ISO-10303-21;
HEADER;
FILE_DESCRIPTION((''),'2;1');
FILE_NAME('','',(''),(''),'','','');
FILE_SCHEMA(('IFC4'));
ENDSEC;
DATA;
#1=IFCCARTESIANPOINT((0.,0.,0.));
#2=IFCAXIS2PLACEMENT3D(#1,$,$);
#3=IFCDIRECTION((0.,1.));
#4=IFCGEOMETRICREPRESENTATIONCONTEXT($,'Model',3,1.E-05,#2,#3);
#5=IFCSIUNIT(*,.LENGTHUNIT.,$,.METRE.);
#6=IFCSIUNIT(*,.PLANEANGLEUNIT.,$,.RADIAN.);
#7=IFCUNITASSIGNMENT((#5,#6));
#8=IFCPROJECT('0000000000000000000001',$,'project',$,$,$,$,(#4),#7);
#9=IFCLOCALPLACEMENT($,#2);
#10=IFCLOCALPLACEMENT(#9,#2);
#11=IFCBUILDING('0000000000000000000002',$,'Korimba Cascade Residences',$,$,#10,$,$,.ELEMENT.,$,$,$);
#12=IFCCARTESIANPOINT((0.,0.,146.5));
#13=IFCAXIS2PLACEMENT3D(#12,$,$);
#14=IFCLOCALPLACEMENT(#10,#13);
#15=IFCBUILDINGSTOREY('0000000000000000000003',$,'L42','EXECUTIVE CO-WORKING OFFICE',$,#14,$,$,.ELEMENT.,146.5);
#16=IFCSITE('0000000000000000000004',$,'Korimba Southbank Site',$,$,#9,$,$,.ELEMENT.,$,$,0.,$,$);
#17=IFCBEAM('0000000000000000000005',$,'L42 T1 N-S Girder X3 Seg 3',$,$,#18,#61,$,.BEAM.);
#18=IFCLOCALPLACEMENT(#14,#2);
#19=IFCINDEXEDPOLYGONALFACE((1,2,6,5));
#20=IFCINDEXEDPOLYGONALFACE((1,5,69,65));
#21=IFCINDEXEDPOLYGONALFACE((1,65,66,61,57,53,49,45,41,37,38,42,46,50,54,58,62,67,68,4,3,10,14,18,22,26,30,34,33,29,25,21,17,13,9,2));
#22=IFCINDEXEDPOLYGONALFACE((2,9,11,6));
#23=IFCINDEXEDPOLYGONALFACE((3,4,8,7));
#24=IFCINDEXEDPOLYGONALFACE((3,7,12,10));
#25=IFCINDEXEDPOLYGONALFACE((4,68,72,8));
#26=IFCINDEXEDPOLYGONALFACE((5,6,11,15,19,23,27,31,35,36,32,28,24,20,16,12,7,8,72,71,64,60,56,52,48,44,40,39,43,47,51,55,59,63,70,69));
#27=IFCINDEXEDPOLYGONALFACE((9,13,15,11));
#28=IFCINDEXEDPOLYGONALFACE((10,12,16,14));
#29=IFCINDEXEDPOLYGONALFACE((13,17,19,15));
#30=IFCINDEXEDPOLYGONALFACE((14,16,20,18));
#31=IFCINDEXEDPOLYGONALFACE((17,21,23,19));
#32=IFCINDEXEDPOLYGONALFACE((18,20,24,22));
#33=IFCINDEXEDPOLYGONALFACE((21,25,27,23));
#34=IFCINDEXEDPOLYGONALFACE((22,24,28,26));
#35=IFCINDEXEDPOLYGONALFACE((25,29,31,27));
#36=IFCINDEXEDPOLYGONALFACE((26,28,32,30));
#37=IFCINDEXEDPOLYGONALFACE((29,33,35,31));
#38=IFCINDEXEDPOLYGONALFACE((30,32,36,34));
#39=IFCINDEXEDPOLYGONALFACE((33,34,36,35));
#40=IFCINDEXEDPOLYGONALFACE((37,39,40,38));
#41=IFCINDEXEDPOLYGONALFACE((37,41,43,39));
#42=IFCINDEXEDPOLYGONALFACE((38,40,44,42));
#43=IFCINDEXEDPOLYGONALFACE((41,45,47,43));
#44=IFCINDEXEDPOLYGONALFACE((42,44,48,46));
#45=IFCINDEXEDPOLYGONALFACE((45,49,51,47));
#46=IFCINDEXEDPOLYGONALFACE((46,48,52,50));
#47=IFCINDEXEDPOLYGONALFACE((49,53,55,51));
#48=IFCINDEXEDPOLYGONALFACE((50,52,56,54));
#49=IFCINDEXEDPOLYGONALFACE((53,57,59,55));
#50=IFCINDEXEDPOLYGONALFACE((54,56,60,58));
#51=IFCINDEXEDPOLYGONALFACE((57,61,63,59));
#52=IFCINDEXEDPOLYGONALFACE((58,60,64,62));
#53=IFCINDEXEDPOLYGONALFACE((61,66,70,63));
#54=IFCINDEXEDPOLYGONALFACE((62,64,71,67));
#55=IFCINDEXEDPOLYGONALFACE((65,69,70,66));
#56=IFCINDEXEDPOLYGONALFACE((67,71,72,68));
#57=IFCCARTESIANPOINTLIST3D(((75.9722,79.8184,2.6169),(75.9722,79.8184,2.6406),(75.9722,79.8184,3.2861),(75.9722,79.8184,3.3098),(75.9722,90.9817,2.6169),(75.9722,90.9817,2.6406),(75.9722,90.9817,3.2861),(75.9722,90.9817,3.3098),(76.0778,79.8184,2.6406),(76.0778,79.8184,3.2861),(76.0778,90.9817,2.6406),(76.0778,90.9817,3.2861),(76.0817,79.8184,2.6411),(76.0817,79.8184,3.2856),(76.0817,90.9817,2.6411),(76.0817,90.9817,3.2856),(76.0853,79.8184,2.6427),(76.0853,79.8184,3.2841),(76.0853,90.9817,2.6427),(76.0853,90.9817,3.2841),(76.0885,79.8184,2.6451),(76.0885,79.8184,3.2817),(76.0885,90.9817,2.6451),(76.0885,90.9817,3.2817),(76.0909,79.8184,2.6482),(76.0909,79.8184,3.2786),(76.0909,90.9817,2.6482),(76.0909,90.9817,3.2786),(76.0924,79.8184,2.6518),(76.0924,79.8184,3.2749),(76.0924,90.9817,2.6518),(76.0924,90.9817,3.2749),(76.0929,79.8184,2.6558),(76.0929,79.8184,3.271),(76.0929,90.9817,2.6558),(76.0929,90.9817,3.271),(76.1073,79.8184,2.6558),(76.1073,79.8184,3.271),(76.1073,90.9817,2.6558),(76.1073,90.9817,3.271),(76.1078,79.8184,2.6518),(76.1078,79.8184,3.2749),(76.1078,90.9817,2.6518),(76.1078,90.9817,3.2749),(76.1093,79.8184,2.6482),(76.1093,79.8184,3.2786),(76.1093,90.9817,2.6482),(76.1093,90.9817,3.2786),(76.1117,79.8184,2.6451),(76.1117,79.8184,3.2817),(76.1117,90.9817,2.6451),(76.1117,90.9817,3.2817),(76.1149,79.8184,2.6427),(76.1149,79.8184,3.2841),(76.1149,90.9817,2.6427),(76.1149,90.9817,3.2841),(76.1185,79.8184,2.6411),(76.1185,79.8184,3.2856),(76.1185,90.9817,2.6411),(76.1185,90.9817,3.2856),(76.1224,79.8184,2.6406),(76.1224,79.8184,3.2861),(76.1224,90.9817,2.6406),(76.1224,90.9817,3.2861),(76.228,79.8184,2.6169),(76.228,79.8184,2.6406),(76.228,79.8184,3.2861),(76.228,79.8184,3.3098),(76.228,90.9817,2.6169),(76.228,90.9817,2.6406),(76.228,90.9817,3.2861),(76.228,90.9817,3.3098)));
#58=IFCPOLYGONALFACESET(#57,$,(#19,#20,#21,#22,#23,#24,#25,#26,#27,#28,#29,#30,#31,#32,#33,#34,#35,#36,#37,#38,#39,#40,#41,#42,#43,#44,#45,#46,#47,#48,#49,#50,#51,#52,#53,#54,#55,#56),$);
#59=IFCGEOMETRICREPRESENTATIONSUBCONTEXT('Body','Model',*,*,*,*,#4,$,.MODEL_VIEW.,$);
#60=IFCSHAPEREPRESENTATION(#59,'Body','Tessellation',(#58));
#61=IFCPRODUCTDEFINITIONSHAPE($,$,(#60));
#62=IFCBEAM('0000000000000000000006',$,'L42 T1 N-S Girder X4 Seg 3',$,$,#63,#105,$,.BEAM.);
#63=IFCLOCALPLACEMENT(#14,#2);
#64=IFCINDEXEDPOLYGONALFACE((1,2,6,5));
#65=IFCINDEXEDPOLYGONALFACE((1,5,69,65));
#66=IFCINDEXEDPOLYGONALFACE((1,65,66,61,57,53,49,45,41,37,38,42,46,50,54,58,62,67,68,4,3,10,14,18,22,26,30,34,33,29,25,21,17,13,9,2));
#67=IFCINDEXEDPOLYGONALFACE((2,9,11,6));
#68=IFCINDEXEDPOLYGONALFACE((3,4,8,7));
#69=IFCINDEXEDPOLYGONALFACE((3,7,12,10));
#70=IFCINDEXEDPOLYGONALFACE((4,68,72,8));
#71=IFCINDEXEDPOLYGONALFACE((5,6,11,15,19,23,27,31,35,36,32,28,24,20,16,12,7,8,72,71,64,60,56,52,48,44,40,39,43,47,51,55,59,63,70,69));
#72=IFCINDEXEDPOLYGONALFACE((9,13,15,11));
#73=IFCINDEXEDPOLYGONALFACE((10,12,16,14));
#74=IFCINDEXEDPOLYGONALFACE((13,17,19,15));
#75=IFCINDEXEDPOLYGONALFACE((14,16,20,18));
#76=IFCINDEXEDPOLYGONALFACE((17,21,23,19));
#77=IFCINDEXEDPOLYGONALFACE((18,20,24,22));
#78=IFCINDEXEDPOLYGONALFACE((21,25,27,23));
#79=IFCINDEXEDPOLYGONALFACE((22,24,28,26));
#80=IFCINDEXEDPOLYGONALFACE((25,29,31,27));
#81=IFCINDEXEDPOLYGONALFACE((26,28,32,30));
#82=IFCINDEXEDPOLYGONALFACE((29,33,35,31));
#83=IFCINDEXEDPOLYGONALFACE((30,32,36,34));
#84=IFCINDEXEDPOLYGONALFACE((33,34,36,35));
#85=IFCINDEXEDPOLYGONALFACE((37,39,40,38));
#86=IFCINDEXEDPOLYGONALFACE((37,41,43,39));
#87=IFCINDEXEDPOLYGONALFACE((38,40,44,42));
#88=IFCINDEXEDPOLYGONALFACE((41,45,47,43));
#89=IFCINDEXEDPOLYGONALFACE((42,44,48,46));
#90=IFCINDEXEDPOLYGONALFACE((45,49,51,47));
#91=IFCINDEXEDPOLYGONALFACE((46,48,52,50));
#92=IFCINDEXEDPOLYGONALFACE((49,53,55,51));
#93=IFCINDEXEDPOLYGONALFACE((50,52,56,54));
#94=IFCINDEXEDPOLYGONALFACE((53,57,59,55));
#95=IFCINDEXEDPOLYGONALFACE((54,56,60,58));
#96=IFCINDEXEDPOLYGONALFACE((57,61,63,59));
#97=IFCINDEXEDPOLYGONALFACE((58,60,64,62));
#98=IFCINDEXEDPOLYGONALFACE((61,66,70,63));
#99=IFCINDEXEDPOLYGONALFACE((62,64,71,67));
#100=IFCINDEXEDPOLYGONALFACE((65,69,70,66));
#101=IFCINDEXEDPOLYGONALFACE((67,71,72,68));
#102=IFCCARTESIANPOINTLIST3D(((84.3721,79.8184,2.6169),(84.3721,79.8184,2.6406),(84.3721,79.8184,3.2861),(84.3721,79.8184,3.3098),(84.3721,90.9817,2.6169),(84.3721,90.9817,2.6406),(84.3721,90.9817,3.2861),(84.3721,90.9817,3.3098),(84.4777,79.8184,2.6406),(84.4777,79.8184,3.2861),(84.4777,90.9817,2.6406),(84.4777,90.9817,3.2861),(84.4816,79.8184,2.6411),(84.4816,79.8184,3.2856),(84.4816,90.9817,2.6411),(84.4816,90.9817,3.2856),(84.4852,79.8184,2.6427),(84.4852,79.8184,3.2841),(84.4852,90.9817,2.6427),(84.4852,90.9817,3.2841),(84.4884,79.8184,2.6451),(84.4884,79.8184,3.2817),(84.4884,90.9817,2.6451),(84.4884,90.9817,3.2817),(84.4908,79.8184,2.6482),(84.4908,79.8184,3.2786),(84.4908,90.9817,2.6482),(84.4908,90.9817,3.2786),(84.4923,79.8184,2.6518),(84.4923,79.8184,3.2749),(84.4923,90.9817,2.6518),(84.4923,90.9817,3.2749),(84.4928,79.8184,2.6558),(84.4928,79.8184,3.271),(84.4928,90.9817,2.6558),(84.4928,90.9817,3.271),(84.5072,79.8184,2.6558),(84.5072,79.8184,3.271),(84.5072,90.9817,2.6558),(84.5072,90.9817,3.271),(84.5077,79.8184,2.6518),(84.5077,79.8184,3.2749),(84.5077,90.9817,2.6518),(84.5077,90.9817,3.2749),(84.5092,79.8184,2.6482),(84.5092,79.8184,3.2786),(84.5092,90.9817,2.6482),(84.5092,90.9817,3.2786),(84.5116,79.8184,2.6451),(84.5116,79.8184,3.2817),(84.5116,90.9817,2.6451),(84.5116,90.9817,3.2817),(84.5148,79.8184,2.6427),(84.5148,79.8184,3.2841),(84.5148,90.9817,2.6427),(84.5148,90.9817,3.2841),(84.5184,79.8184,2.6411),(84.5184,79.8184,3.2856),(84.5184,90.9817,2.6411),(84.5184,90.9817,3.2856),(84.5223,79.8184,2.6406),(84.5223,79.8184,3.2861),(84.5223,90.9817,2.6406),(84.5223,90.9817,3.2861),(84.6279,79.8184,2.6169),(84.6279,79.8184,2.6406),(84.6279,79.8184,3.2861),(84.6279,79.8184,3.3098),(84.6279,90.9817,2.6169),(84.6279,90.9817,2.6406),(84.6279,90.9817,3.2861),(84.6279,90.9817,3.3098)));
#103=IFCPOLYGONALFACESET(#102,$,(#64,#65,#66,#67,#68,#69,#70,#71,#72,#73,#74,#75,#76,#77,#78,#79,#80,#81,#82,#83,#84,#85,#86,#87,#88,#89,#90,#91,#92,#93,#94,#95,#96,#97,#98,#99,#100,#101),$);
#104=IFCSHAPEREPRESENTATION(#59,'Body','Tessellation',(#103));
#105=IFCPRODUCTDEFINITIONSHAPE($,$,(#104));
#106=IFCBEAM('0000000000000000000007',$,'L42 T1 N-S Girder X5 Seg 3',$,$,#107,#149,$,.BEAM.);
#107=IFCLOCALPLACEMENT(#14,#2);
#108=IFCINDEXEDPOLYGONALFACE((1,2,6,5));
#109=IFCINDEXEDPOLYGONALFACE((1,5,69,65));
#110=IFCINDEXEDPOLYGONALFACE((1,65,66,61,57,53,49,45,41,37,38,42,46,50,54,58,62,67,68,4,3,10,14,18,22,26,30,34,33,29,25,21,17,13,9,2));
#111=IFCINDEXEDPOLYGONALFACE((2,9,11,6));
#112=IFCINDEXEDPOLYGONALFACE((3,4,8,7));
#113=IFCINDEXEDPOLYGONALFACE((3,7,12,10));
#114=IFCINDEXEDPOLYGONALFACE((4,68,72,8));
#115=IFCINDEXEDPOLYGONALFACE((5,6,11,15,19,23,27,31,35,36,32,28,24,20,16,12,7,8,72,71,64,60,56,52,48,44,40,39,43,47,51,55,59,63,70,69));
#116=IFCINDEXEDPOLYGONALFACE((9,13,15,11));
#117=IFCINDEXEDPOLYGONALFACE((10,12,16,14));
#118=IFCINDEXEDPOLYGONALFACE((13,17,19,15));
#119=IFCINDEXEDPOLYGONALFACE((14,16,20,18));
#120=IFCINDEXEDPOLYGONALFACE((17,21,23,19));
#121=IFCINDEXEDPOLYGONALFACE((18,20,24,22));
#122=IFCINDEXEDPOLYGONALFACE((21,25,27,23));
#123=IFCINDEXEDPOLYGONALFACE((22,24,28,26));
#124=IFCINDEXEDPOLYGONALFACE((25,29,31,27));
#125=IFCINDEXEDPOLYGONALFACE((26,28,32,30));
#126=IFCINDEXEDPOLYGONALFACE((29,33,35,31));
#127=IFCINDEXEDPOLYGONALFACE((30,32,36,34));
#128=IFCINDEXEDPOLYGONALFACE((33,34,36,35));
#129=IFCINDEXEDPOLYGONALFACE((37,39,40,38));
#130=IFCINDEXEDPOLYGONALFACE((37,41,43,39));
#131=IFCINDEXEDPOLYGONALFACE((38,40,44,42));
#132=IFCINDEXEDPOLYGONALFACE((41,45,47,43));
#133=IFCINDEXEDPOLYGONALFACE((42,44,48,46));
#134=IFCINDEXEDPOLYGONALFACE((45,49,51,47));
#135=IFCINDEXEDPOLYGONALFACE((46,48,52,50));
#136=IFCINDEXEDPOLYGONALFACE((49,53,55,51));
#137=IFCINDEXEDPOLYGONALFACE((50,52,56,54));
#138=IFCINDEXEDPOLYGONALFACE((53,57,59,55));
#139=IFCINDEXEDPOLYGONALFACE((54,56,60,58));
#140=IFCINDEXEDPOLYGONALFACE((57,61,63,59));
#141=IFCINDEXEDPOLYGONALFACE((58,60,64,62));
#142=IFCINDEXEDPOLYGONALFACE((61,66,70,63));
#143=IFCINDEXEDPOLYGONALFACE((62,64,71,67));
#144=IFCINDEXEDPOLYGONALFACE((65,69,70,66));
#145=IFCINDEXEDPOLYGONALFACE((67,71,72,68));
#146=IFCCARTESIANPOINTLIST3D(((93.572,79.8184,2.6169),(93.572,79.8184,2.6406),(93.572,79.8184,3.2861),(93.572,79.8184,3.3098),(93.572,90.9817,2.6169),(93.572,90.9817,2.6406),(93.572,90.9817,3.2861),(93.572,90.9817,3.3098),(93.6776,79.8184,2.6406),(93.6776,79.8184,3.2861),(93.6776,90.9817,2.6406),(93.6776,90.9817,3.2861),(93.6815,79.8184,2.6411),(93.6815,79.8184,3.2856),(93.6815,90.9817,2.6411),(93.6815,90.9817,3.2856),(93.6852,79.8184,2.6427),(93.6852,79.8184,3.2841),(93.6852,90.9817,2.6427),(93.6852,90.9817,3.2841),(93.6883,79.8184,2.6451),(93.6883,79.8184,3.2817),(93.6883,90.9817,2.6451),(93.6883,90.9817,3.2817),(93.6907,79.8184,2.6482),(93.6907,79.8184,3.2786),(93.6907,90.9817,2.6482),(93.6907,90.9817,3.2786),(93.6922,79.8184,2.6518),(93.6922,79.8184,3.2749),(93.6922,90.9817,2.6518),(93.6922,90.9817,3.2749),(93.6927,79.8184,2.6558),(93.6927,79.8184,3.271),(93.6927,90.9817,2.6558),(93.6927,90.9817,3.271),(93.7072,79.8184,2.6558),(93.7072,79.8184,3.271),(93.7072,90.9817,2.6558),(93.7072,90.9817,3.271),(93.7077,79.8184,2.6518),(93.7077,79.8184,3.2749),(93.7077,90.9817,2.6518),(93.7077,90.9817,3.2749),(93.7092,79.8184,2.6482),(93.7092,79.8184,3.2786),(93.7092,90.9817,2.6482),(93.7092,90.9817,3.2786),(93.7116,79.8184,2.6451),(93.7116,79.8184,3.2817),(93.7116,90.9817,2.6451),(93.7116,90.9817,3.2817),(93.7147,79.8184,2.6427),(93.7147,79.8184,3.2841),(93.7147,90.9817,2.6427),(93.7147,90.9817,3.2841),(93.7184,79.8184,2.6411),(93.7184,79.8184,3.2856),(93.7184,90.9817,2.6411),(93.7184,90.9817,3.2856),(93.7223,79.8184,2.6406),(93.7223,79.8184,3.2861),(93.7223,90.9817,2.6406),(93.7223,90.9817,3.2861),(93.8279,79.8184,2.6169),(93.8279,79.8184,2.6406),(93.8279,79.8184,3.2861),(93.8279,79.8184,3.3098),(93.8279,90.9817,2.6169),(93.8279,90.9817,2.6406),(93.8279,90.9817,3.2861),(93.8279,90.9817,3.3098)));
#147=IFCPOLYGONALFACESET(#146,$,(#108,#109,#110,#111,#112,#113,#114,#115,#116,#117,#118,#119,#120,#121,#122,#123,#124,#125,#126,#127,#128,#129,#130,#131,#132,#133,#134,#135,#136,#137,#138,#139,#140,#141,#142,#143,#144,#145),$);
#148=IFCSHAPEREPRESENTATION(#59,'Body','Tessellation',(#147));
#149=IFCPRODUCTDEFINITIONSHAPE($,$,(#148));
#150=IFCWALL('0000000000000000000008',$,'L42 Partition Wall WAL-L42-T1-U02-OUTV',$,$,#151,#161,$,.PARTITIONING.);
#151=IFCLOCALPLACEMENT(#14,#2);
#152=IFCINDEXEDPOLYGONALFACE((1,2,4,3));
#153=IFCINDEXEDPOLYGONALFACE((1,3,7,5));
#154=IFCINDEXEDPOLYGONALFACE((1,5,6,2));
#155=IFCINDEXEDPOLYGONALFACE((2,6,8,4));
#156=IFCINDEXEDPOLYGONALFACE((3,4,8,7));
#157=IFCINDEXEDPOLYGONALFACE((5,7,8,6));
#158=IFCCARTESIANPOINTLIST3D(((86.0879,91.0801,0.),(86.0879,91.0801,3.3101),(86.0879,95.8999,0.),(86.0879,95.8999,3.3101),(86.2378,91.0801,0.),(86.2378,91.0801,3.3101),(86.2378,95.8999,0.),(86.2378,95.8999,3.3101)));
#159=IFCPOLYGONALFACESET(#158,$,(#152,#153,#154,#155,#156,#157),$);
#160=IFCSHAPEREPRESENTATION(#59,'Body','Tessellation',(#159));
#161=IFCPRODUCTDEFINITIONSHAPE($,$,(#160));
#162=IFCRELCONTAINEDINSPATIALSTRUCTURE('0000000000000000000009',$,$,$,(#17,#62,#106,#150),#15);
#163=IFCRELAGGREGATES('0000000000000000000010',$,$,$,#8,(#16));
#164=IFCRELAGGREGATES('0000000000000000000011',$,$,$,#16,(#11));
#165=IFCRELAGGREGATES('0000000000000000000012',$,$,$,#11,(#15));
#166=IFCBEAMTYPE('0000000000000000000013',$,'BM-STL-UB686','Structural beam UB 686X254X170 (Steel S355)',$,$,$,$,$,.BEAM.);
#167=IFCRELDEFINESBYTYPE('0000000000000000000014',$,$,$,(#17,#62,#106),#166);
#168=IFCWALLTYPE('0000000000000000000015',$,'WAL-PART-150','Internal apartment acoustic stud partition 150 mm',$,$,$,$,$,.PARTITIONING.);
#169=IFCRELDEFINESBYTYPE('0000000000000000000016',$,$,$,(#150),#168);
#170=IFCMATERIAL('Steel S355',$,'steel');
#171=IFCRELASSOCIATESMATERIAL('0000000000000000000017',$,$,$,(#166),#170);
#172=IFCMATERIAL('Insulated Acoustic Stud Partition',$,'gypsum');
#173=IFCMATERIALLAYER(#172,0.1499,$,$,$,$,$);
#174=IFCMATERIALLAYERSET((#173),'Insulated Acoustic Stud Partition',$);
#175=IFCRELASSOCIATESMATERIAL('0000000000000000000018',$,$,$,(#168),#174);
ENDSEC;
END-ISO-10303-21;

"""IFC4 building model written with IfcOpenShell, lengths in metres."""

from ifc_helpers import new_model, si_unit, direction, frame, frame_2d, origin, origin_2d, place, context, subcontext, project, spatial, rectangle, i_section, extrude, material, layer, layer_set, material_profile, profile_set, type_object, element, save


model = new_model("IFC4")

# Units and contexts
model_context = context("Model", 3, precision=1e-05, world=origin(), true_north=direction((0.0, 1.0)))
body_context = subcontext(model_context, "Body", "Model", "MODEL_VIEW")
ifc_project = project(units=[si_unit("LENGTHUNIT", "METRE"), si_unit("PLANEANGLEUNIT", "RADIAN")], contexts=[model_context])

# Site, building, storey
site_placement = place(None, origin())
site = spatial("IfcSite", under=ifc_project, at=site_placement, Name="Korimba Southbank Site", CompositionType="ELEMENT", RefElevation=0.0)
building_placement = place(site_placement, origin())
building = spatial("IfcBuilding", under=site, at=building_placement, Name="Korimba Cascade Residences", CompositionType="ELEMENT")
storey_placement = place(building_placement, frame((0.0, 0.0, 146.5)))
storey = spatial("IfcBuildingStorey", under=building, at=storey_placement, Name="L42", Description="EXECUTIVE CO-WORKING OFFICE", CompositionType="ELEMENT", Elevation=146.5)

# Beams
ifc_material_1 = material(Name="Steel S355", Category="steel")
ifc_material_profile_1 = material_profile(ifc_material_1, i_section(OverallWidth=0.2559, OverallDepth=0.6929, WebThickness=0.0144, FlangeThickness=0.0237, FilletRadius=0.0151, at=origin_2d()), Name="Steel S355")
ifc_profile_set_1 = profile_set([ifc_material_profile_1], Name="Steel S355")
beam_type_1 = type_object("IfcBeamType", Name="BM-STL-UB686", Description="Structural beam UB 686X254X170 (Steel S355)", PredefinedType="BEAM", material=ifc_profile_set_1)
for number, where, z_axis, x_axis, name in (
    (1, (76.1001, 79.8184, 2.9634), (0.0, 1.0, 0.0), (-1.0, 0.0, 0.0), "L42 T1 N-S Girder X3 Seg 3"),
    (2, (84.5, 79.8184, 2.9634), (0.0, 1.0, 0.0), (-1.0, 0.0, 0.0), "L42 T1 N-S Girder X4 Seg 3"),
    (3, (93.7, 79.8184, 2.9634), (0.0, 1.0, 0.0), (-1.0, 0.0, 0.0), "L42 T1 N-S Girder X5 Seg 3"),
):
    element("IfcBeam", number, at=place(storey_placement, frame(where, z_axis=z_axis, x_axis=x_axis)), inside=storey, type_object=beam_type_1, Name=name, PredefinedType="BEAM", context=body_context, shape_type="SweptSolid", body=[
        extrude(i_section(OverallWidth=0.2559, OverallDepth=0.6929, WebThickness=0.0144, FlangeThickness=0.0237, FilletRadius=0.0151, at=origin_2d()), origin(), (0.0, 0.0, 1.0), 11.1633),
    ])

# Wall
ifc_material_2 = material(Name="Insulated Acoustic Stud Partition", Category="gypsum")
ifc_layer = layer(ifc_material_2, 0.1499)
ifc_layer_set = layer_set([ifc_layer], Name="Insulated Acoustic Stud Partition")
wall_type = type_object("IfcWallType", Name="WAL-PART-150", Description="Internal apartment acoustic stud partition 150 mm", PredefinedType="PARTITIONING", material=ifc_layer_set)
wall_1_placement = place(storey_placement, frame((86.1628, 91.0801, 0.0), z_axis=(0.0, 0.0, 1.0), x_axis=(0.0, 1.0, 0.0)))
element("IfcWall", 4, at=wall_1_placement, inside=storey, type_object=wall_type, Name="L42 Partition Wall WAL-L42-T1-U02-OUTV", PredefinedType="PARTITIONING", context=body_context, shape_type="SweptSolid", body=[
    extrude(rectangle(XDim=4.8198, YDim=0.1499, at=frame_2d((2.4099, 0.0))), origin(), (0.0, 0.0, 1.0), 3.3101),
])

save(model, "model.ifc")
